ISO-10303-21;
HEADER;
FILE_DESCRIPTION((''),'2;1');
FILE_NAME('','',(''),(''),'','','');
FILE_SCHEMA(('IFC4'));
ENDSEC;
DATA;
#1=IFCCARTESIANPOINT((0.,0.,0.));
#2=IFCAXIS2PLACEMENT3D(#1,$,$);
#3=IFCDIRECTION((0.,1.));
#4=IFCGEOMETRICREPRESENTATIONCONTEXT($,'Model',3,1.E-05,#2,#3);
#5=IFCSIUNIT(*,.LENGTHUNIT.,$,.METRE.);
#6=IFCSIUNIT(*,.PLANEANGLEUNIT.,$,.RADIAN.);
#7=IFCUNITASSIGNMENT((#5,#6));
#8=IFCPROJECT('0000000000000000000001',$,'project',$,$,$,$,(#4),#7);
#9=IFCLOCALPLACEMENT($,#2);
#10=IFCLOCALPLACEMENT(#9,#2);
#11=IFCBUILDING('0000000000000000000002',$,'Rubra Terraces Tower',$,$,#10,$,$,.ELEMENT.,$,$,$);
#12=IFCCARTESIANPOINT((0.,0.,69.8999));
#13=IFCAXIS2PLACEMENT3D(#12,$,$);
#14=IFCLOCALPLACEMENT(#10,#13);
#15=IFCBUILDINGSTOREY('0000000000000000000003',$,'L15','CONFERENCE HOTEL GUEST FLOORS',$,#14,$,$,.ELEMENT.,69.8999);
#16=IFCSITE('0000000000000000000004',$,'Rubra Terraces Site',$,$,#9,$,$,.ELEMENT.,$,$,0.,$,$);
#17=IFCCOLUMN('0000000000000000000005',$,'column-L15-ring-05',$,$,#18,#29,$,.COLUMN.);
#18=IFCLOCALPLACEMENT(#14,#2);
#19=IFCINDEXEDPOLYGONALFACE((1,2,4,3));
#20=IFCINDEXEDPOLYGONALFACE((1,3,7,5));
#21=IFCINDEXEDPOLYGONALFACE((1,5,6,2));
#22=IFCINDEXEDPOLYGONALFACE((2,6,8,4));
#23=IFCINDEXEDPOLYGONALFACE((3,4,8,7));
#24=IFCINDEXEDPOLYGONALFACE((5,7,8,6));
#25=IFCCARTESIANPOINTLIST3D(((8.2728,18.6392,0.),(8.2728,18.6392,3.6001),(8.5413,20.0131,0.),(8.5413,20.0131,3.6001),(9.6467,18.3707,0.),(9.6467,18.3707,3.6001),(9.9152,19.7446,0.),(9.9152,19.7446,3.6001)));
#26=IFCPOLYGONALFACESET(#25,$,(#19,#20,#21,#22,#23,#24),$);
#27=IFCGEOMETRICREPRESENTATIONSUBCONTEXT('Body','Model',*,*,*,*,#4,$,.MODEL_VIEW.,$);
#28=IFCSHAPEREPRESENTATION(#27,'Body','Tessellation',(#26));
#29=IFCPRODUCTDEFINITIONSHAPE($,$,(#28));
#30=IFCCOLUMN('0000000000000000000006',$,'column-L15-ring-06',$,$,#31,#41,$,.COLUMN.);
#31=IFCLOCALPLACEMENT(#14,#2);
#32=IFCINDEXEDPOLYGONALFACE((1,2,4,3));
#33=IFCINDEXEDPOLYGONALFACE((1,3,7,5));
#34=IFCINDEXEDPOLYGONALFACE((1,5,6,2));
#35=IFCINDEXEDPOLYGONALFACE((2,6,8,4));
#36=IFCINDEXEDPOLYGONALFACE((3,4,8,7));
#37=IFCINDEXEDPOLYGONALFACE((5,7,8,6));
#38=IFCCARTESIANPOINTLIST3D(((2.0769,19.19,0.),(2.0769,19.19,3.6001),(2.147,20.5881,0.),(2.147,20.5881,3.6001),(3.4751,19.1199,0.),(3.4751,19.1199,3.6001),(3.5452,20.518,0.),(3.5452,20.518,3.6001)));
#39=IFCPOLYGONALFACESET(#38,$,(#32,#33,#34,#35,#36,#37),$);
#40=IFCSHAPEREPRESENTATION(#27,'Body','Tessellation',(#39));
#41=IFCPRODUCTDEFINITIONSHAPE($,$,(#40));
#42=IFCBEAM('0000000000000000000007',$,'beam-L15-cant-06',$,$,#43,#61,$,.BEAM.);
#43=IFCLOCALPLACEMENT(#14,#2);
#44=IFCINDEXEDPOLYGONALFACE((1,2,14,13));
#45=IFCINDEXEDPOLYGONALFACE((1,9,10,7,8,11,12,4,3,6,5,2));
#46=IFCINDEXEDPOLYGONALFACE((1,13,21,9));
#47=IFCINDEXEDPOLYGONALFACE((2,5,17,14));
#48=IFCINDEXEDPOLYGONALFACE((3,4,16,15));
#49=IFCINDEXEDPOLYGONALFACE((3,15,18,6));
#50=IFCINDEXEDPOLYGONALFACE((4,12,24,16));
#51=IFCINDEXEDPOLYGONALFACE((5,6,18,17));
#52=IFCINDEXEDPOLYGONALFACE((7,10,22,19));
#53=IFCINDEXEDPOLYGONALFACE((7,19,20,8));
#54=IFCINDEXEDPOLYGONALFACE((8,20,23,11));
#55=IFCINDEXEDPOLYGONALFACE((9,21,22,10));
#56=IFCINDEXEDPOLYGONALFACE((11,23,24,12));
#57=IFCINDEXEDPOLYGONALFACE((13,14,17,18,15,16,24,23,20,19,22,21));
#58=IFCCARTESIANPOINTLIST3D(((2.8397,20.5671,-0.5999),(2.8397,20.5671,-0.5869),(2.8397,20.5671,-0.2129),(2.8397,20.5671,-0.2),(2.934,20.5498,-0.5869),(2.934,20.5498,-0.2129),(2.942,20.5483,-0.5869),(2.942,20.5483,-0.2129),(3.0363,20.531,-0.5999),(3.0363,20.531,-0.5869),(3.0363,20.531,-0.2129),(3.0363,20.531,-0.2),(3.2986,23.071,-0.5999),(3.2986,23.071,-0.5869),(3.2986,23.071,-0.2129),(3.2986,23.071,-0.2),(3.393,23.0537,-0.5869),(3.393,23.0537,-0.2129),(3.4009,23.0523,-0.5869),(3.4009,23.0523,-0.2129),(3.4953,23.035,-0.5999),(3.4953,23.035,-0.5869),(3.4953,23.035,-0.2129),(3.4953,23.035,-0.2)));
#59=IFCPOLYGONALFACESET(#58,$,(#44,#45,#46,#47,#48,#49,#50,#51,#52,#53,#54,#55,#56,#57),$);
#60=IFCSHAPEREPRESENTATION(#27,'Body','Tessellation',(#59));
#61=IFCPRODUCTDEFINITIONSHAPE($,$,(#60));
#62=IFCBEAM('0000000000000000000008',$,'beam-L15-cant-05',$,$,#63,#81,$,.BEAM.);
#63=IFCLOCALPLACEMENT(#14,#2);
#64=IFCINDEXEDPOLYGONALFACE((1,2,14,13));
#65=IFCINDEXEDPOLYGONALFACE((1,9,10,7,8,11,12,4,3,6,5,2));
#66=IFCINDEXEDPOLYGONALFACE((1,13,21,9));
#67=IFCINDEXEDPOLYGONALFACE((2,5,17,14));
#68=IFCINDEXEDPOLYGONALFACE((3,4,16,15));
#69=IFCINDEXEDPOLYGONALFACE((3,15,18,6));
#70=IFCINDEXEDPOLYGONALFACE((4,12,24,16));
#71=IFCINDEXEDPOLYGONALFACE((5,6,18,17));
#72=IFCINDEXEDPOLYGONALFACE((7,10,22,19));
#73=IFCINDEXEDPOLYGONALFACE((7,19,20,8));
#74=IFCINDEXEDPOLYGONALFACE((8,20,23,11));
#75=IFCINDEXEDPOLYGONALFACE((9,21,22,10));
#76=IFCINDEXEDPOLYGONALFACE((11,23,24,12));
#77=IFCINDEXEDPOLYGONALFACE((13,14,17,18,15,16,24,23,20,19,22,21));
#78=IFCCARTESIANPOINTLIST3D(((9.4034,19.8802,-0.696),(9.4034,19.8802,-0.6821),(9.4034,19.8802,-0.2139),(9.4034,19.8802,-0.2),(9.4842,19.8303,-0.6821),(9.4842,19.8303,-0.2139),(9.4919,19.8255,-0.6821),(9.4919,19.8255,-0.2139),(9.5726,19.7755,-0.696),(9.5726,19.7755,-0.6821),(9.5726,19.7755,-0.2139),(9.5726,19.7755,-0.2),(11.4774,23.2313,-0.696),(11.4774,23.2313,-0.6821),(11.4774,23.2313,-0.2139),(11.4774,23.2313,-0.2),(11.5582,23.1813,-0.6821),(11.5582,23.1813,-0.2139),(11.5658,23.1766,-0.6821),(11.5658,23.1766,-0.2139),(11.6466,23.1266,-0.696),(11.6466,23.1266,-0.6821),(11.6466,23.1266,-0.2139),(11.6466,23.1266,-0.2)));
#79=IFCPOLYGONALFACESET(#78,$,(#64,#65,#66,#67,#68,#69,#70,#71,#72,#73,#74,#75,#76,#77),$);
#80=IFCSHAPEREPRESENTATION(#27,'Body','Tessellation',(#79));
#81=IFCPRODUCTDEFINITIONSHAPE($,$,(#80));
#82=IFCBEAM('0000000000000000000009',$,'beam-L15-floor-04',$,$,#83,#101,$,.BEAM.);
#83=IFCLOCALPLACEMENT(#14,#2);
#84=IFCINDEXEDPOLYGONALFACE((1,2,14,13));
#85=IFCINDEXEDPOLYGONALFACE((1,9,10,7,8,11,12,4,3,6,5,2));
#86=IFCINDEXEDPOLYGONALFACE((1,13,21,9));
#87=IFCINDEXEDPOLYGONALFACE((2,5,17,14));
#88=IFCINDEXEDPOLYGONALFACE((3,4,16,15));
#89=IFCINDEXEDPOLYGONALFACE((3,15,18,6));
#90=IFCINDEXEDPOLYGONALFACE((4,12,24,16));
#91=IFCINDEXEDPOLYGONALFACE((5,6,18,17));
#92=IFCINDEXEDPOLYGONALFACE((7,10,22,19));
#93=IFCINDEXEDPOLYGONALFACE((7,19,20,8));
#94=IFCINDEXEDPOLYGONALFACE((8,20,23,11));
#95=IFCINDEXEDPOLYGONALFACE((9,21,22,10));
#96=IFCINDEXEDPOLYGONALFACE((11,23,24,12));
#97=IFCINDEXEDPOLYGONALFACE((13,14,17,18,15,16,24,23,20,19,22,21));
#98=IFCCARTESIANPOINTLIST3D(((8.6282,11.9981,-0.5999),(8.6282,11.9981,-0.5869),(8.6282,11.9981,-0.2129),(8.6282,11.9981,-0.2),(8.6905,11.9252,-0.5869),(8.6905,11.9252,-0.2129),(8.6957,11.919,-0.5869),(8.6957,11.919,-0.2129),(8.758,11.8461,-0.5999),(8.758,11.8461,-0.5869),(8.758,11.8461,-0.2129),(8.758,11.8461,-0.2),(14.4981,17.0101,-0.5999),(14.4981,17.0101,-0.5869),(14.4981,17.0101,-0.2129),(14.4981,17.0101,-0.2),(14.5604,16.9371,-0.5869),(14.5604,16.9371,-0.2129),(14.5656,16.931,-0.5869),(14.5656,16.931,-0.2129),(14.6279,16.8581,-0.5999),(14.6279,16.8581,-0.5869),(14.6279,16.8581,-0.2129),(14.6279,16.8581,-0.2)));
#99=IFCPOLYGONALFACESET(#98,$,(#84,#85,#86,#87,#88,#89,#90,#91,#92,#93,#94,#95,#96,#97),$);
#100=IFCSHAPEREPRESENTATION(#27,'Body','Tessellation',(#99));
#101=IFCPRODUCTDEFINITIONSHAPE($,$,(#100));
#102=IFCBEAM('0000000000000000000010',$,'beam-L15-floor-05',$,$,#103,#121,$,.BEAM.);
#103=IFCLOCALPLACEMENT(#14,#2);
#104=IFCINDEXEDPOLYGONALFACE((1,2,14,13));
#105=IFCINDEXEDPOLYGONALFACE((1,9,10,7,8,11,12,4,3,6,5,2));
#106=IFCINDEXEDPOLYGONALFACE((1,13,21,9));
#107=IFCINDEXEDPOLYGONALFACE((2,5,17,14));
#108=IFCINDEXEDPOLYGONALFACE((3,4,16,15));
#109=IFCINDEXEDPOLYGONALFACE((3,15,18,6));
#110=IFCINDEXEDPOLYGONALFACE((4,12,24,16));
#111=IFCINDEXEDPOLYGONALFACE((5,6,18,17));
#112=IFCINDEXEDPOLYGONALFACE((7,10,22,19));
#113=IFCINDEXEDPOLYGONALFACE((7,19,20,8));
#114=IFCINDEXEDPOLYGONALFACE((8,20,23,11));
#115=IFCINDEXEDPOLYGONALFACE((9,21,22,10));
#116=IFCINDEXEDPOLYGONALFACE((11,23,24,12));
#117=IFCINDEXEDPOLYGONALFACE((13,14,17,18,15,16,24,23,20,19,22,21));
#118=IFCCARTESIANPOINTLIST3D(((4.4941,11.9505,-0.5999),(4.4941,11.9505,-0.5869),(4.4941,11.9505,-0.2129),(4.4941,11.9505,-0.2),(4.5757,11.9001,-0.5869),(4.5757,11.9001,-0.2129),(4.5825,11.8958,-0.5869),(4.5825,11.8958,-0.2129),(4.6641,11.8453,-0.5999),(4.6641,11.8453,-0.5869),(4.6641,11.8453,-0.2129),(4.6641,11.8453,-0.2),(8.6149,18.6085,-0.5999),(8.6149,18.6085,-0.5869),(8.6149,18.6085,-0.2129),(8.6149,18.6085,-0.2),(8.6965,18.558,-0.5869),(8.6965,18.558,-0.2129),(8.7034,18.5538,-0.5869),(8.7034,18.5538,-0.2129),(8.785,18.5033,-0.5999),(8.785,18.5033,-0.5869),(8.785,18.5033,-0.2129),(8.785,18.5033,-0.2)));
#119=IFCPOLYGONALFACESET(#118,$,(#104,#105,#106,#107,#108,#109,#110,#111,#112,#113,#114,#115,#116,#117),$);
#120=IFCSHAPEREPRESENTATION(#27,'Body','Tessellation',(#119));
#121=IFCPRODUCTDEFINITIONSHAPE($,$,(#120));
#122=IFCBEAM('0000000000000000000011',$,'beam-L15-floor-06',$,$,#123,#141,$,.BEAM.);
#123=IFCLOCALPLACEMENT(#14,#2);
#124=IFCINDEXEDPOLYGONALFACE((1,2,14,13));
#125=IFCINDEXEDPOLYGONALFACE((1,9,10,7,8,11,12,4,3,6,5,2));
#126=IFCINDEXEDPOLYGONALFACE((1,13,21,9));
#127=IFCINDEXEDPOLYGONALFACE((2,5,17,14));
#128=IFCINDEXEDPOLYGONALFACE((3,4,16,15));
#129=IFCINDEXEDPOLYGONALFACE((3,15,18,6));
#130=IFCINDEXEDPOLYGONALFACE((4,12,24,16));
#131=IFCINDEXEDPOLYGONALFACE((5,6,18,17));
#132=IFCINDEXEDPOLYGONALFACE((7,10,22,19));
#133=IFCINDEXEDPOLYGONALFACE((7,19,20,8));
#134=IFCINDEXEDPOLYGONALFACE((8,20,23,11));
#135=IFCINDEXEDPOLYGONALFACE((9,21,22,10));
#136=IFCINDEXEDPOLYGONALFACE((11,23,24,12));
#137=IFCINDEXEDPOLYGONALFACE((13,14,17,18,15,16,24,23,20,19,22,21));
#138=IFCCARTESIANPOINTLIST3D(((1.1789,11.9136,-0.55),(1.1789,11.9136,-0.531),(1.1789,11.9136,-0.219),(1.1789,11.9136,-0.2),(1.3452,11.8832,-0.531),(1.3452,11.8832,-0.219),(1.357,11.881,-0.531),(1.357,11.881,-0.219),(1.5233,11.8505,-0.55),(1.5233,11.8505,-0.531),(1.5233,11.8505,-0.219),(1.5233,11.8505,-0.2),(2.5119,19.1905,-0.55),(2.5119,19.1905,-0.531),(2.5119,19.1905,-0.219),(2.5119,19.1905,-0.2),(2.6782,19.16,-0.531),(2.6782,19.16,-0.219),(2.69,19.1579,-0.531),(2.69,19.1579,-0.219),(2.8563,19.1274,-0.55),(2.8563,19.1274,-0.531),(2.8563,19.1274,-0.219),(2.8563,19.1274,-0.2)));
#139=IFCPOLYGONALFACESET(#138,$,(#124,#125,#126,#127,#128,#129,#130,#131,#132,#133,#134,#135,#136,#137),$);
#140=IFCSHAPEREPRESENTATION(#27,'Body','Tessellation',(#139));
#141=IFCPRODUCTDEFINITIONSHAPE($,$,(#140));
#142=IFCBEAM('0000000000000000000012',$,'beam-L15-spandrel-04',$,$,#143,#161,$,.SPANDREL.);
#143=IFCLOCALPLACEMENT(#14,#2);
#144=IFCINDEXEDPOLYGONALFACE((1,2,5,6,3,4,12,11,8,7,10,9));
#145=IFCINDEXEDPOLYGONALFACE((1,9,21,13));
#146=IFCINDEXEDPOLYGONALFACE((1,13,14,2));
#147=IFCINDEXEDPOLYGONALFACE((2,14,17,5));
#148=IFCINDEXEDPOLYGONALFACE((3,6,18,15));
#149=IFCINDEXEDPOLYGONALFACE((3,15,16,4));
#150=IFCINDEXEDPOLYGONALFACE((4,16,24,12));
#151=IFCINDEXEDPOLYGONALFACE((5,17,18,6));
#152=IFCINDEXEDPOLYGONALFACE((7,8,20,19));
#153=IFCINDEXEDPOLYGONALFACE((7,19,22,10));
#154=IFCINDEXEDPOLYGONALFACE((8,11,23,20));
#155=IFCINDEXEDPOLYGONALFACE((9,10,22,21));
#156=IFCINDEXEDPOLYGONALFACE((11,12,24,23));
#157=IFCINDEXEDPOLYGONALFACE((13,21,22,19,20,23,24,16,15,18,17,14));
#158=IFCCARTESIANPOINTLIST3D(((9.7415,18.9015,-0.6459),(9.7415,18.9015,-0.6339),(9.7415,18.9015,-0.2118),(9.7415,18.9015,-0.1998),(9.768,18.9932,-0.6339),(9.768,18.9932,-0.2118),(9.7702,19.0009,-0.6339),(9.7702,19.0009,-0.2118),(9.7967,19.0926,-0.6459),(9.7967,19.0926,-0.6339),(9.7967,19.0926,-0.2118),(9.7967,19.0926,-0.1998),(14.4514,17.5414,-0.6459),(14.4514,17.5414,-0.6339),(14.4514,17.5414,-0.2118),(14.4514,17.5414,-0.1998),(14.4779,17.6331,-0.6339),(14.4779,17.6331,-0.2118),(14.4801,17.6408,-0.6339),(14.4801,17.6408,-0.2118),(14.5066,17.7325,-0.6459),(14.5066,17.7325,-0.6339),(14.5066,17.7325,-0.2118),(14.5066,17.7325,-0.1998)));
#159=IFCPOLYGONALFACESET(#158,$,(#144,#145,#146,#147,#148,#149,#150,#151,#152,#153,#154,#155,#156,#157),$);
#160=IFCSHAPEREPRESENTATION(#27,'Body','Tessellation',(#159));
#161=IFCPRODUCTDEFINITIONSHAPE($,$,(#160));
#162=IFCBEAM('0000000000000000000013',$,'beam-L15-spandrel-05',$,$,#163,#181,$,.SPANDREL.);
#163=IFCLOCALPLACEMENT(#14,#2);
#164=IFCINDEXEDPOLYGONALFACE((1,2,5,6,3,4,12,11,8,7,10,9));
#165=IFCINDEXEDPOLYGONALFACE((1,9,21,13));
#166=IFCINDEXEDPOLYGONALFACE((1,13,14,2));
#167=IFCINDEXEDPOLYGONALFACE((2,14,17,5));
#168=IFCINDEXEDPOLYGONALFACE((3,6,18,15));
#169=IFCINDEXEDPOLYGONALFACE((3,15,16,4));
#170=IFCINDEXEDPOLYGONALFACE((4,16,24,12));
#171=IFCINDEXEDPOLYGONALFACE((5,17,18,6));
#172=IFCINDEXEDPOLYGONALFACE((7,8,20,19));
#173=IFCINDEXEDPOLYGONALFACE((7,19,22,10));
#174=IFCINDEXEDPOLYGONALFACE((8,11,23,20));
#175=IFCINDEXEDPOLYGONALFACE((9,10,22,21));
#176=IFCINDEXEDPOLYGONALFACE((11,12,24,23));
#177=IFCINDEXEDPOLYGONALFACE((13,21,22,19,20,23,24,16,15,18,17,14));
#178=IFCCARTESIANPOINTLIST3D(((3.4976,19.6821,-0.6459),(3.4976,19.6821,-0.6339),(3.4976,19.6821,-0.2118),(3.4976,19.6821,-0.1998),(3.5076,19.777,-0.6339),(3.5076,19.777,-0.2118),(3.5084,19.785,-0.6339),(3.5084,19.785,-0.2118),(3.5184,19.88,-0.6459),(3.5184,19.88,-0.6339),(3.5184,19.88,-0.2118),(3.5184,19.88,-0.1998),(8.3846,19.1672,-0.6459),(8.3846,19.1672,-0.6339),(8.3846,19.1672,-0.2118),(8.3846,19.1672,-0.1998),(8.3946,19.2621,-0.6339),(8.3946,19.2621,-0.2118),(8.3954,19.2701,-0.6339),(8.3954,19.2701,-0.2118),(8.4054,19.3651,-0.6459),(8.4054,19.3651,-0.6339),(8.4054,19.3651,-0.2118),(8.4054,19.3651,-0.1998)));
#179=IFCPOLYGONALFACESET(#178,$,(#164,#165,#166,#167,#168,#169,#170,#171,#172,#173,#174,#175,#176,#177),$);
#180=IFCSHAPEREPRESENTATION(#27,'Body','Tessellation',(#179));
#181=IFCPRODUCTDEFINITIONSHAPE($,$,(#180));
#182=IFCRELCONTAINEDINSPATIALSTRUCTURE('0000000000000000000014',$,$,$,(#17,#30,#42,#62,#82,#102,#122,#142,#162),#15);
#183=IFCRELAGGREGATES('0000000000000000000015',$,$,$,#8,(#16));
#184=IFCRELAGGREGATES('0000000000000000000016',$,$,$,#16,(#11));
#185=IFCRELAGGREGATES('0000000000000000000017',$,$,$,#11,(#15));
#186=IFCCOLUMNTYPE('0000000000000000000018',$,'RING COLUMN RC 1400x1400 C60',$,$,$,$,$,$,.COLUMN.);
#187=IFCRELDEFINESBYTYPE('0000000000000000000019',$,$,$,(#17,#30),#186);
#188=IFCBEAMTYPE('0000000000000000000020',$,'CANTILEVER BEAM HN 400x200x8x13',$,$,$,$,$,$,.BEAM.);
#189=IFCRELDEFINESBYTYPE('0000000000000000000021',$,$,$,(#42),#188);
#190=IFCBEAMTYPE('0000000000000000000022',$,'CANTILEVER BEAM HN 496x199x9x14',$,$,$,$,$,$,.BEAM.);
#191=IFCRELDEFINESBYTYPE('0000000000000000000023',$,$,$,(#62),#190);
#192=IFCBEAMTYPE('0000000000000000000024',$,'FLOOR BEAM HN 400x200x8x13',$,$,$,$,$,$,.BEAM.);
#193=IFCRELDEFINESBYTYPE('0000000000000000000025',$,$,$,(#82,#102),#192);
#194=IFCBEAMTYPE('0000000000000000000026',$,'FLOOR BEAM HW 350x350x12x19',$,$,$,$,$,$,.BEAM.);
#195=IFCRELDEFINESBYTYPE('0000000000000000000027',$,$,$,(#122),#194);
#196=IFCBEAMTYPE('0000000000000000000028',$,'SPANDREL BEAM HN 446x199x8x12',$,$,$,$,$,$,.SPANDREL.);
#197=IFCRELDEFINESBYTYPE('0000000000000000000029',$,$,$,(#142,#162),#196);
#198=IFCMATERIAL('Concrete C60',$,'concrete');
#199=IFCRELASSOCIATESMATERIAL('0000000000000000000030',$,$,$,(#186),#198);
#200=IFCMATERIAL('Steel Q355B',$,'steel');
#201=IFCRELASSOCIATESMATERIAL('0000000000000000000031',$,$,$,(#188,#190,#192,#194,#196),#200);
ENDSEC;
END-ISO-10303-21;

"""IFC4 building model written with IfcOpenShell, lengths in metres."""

from ifc_helpers import new_model, si_unit, direction, frame, origin, origin_2d, place, context, subcontext, project, spatial, rectangle, i_section, extrude, material, material_profile, profile_set, type_object, element, save


model = new_model("IFC4")

# Units and contexts
model_context = context("Model", 3, precision=1e-05, world=origin(), true_north=direction((0.0, 1.0)))
body_context = subcontext(model_context, "Body", "Model", "MODEL_VIEW")
ifc_project = project(units=[si_unit("LENGTHUNIT", "METRE"), si_unit("PLANEANGLEUNIT", "RADIAN")], contexts=[model_context])

# Site, building, storey
site_placement = place(None, origin())
site = spatial("IfcSite", under=ifc_project, at=site_placement, Name="Rubra Terraces Site", CompositionType="ELEMENT", RefElevation=0.0)
building_placement = place(site_placement, origin())
building = spatial("IfcBuilding", under=site, at=building_placement, Name="Rubra Terraces Tower", CompositionType="ELEMENT")
storey_placement = place(building_placement, frame((0.0, 0.0, 69.8999)))
storey = spatial("IfcBuildingStorey", under=building, at=storey_placement, Name="L15", Description="CONFERENCE HOTEL GUEST FLOORS", CompositionType="ELEMENT", Elevation=69.8999)

# Columns
ifc_material_1 = material(Name="Concrete C60", Category="concrete")
ifc_material_profile_1 = material_profile(ifc_material_1, rectangle(XDim=1.3999, YDim=1.3999, at=origin_2d()), Name="RC 1400x1400")
ifc_profile_set_1 = profile_set([ifc_material_profile_1], Name="Concrete C60")
column_type = type_object("IfcColumnType", Name="RING COLUMN RC 1400x1400 C60", PredefinedType="COLUMN", material=ifc_profile_set_1)
for number, where, z_axis, x_axis, name in (
    (1, (9.094, 19.1919, 0.0), (0.0, 0.0, 1.0), (-0.98143, 0.191819, 0.0), "column-L15-ring-05"),
    (2, (2.811, 19.854, 0.0), (0.0, 0.0, 1.0), (-0.998745, 0.050084, 0.0), "column-L15-ring-06"),
):
    element("IfcColumn", number, at=place(storey_placement, frame(where, z_axis=z_axis, x_axis=x_axis)), inside=storey, type_object=column_type, Name=name, PredefinedType="COLUMN", context=body_context, shape_type="SweptSolid", body=[
        extrude(rectangle(XDim=1.3999, YDim=1.3999, at=origin_2d()), origin(), (0.0, 0.0, 1.0), 3.6001),
    ])

# Beams
ifc_material_2 = material(Name="Steel Q355B", Category="steel")
ifc_material_profile_2 = material_profile(ifc_material_2, i_section(OverallWidth=0.2, OverallDepth=0.3999, WebThickness=0.0081, FlangeThickness=0.0129, at=origin_2d()), Name="HN 400x200x8x13")
ifc_profile_set_2 = profile_set([ifc_material_profile_2], Name="Steel Q355B")
beam_type_1 = type_object("IfcBeamType", Name="CANTILEVER BEAM HN 400x200x8x13", PredefinedType="BEAM", material=ifc_profile_set_2)
beam_1_placement = place(storey_placement, frame((2.938, 20.5491, -0.3999), z_axis=(0.180303, 0.983611, 0.0), x_axis=(-0.983611, 0.180303, 0.0)))
element("IfcBeam", 3, at=beam_1_placement, inside=storey, type_object=beam_type_1, Name="beam-L15-cant-06", PredefinedType="BEAM", context=body_context, shape_type="SweptSolid", body=[
    extrude(i_section(OverallWidth=0.2, OverallDepth=0.3999, WebThickness=0.0081, FlangeThickness=0.0129, at=origin_2d()), origin(), (0.0, 0.0, 1.0), 2.5457),
])
ifc_material_profile_3 = material_profile(ifc_material_2, i_section(OverallWidth=0.199, OverallDepth=0.4961, WebThickness=0.009, FlangeThickness=0.0139, at=origin_2d()), Name="HN 496x199x9x14")
ifc_profile_set_3 = profile_set([ifc_material_profile_3], Name="Steel Q355B")
beam_type_2 = type_object("IfcBeamType", Name="CANTILEVER BEAM HN 496x199x9x14", PredefinedType="BEAM", material=ifc_profile_set_3)
beam_2_placement = place(storey_placement, frame((9.488, 19.8279, -0.448), z_axis=(0.526263, 0.850322, 0.0), x_axis=(-0.850322, 0.526263, 0.0)))
element("IfcBeam", 4, at=beam_2_placement, inside=storey, type_object=beam_type_2, Name="beam-L15-cant-05", PredefinedType="BEAM", context=body_context, shape_type="SweptSolid", body=[
    extrude(i_section(OverallWidth=0.199, OverallDepth=0.4961, WebThickness=0.009, FlangeThickness=0.0139, at=origin_2d()), origin(), (0.0, 0.0, 1.0), 3.9409),
])
ifc_material_profile_4 = material_profile(ifc_material_2, i_section(OverallWidth=0.2, OverallDepth=0.3999, WebThickness=0.0081, FlangeThickness=0.0129, at=origin_2d()), Name="HN 400x200x8x13")
ifc_profile_set_4 = profile_set([ifc_material_profile_4], Name="Steel Q355B")
beam_type_3 = type_object("IfcBeamType", Name="FLOOR BEAM HN 400x200x8x13", PredefinedType="BEAM", material=ifc_profile_set_4)
beam_3_placement = place(storey_placement, frame((14.563, 16.9341, -0.3999), z_axis=(-0.760494, -0.649344, 0.0), x_axis=(0.649344, -0.760494, 0.0)))
element("IfcBeam", 5, at=beam_3_placement, inside=storey, type_object=beam_type_3, Name="beam-L15-floor-04", PredefinedType="BEAM", context=body_context, shape_type="SweptSolid", body=[
    extrude(i_section(OverallWidth=0.2, OverallDepth=0.3999, WebThickness=0.0081, FlangeThickness=0.0129, at=origin_2d()), origin(), (0.0, 0.0, 1.0), 7.7185),
])
beam_4_placement = place(storey_placement, frame((8.7, 18.5559, -0.3999), z_axis=(-0.526286, -0.850308, 0.0), x_axis=(0.850308, -0.526286, 0.0)))
element("IfcBeam", 6, at=beam_4_placement, inside=storey, type_object=beam_type_3, Name="beam-L15-floor-05", PredefinedType="BEAM", context=body_context, shape_type="SweptSolid", body=[
    extrude(i_section(OverallWidth=0.2, OverallDepth=0.3999, WebThickness=0.0081, FlangeThickness=0.0129, at=origin_2d()), origin(), (0.0, 0.0, 1.0), 7.8301),
])
ifc_material_profile_5 = material_profile(ifc_material_2, i_section(OverallWidth=0.3501, OverallDepth=0.3501, WebThickness=0.012, FlangeThickness=0.019, at=origin_2d()), Name="HW 350x350x12x19")
ifc_profile_set_5 = profile_set([ifc_material_profile_5], Name="Steel Q355B")
beam_type_4 = type_object("IfcBeamType", Name="FLOOR BEAM HW 350x350x12x19", PredefinedType="BEAM", material=ifc_profile_set_5)
beam_5_placement = place(storey_placement, frame((2.6841, 19.1589, -0.375), z_axis=(-0.180186, -0.983632, 0.0), x_axis=(0.983632, -0.180186, 0.0)))
element("IfcBeam", 7, at=beam_5_placement, inside=storey, type_object=beam_type_4, Name="beam-L15-floor-06", PredefinedType="BEAM", context=body_context, shape_type="SweptSolid", body=[
    extrude(i_section(OverallWidth=0.3501, OverallDepth=0.3501, WebThickness=0.012, FlangeThickness=0.019, at=origin_2d()), origin(), (0.0, 0.0, 1.0), 7.3979),
])
ifc_material_profile_6 = material_profile(ifc_material_2, i_section(OverallWidth=0.199, OverallDepth=0.446, WebThickness=0.0081, FlangeThickness=0.012, at=origin_2d()), Name="HN 446x199x8x12")
ifc_profile_set_6 = profile_set([ifc_material_profile_6], Name="Steel Q355B")
beam_type_5 = type_object("IfcBeamType", Name="SPANDREL BEAM HN 446x199x8x12", PredefinedType="SPANDREL", material=ifc_profile_set_6)
beam_6_placement = place(storey_placement, frame((14.479, 17.637, -0.4229), z_axis=(-0.960744, 0.277436, 0.0), x_axis=(-0.277436, -0.960744, 0.0)))
element("IfcBeam", 8, at=beam_6_placement, inside=storey, type_object=beam_type_5, Name="beam-L15-spandrel-04", PredefinedType="SPANDREL", context=body_context, shape_type="SweptSolid", body=[
    extrude(i_section(OverallWidth=0.199, OverallDepth=0.446, WebThickness=0.0081, FlangeThickness=0.012, at=origin_2d()), origin(), (0.0, 0.0, 1.0), 4.9023),
])
beam_7_placement = place(storey_placement, frame((8.395, 19.2661, -0.4229), z_axis=(-0.994495, 0.10478, 0.0), x_axis=(-0.10478, -0.994495, 0.0)))
element("IfcBeam", 9, at=beam_7_placement, inside=storey, type_object=beam_type_5, Name="beam-L15-spandrel-05", PredefinedType="SPANDREL", context=body_context, shape_type="SweptSolid", body=[
    extrude(i_section(OverallWidth=0.199, OverallDepth=0.446, WebThickness=0.0081, FlangeThickness=0.012, at=origin_2d()), origin(), (0.0, 0.0, 1.0), 4.9141),
])

save(model, "model.ifc")
